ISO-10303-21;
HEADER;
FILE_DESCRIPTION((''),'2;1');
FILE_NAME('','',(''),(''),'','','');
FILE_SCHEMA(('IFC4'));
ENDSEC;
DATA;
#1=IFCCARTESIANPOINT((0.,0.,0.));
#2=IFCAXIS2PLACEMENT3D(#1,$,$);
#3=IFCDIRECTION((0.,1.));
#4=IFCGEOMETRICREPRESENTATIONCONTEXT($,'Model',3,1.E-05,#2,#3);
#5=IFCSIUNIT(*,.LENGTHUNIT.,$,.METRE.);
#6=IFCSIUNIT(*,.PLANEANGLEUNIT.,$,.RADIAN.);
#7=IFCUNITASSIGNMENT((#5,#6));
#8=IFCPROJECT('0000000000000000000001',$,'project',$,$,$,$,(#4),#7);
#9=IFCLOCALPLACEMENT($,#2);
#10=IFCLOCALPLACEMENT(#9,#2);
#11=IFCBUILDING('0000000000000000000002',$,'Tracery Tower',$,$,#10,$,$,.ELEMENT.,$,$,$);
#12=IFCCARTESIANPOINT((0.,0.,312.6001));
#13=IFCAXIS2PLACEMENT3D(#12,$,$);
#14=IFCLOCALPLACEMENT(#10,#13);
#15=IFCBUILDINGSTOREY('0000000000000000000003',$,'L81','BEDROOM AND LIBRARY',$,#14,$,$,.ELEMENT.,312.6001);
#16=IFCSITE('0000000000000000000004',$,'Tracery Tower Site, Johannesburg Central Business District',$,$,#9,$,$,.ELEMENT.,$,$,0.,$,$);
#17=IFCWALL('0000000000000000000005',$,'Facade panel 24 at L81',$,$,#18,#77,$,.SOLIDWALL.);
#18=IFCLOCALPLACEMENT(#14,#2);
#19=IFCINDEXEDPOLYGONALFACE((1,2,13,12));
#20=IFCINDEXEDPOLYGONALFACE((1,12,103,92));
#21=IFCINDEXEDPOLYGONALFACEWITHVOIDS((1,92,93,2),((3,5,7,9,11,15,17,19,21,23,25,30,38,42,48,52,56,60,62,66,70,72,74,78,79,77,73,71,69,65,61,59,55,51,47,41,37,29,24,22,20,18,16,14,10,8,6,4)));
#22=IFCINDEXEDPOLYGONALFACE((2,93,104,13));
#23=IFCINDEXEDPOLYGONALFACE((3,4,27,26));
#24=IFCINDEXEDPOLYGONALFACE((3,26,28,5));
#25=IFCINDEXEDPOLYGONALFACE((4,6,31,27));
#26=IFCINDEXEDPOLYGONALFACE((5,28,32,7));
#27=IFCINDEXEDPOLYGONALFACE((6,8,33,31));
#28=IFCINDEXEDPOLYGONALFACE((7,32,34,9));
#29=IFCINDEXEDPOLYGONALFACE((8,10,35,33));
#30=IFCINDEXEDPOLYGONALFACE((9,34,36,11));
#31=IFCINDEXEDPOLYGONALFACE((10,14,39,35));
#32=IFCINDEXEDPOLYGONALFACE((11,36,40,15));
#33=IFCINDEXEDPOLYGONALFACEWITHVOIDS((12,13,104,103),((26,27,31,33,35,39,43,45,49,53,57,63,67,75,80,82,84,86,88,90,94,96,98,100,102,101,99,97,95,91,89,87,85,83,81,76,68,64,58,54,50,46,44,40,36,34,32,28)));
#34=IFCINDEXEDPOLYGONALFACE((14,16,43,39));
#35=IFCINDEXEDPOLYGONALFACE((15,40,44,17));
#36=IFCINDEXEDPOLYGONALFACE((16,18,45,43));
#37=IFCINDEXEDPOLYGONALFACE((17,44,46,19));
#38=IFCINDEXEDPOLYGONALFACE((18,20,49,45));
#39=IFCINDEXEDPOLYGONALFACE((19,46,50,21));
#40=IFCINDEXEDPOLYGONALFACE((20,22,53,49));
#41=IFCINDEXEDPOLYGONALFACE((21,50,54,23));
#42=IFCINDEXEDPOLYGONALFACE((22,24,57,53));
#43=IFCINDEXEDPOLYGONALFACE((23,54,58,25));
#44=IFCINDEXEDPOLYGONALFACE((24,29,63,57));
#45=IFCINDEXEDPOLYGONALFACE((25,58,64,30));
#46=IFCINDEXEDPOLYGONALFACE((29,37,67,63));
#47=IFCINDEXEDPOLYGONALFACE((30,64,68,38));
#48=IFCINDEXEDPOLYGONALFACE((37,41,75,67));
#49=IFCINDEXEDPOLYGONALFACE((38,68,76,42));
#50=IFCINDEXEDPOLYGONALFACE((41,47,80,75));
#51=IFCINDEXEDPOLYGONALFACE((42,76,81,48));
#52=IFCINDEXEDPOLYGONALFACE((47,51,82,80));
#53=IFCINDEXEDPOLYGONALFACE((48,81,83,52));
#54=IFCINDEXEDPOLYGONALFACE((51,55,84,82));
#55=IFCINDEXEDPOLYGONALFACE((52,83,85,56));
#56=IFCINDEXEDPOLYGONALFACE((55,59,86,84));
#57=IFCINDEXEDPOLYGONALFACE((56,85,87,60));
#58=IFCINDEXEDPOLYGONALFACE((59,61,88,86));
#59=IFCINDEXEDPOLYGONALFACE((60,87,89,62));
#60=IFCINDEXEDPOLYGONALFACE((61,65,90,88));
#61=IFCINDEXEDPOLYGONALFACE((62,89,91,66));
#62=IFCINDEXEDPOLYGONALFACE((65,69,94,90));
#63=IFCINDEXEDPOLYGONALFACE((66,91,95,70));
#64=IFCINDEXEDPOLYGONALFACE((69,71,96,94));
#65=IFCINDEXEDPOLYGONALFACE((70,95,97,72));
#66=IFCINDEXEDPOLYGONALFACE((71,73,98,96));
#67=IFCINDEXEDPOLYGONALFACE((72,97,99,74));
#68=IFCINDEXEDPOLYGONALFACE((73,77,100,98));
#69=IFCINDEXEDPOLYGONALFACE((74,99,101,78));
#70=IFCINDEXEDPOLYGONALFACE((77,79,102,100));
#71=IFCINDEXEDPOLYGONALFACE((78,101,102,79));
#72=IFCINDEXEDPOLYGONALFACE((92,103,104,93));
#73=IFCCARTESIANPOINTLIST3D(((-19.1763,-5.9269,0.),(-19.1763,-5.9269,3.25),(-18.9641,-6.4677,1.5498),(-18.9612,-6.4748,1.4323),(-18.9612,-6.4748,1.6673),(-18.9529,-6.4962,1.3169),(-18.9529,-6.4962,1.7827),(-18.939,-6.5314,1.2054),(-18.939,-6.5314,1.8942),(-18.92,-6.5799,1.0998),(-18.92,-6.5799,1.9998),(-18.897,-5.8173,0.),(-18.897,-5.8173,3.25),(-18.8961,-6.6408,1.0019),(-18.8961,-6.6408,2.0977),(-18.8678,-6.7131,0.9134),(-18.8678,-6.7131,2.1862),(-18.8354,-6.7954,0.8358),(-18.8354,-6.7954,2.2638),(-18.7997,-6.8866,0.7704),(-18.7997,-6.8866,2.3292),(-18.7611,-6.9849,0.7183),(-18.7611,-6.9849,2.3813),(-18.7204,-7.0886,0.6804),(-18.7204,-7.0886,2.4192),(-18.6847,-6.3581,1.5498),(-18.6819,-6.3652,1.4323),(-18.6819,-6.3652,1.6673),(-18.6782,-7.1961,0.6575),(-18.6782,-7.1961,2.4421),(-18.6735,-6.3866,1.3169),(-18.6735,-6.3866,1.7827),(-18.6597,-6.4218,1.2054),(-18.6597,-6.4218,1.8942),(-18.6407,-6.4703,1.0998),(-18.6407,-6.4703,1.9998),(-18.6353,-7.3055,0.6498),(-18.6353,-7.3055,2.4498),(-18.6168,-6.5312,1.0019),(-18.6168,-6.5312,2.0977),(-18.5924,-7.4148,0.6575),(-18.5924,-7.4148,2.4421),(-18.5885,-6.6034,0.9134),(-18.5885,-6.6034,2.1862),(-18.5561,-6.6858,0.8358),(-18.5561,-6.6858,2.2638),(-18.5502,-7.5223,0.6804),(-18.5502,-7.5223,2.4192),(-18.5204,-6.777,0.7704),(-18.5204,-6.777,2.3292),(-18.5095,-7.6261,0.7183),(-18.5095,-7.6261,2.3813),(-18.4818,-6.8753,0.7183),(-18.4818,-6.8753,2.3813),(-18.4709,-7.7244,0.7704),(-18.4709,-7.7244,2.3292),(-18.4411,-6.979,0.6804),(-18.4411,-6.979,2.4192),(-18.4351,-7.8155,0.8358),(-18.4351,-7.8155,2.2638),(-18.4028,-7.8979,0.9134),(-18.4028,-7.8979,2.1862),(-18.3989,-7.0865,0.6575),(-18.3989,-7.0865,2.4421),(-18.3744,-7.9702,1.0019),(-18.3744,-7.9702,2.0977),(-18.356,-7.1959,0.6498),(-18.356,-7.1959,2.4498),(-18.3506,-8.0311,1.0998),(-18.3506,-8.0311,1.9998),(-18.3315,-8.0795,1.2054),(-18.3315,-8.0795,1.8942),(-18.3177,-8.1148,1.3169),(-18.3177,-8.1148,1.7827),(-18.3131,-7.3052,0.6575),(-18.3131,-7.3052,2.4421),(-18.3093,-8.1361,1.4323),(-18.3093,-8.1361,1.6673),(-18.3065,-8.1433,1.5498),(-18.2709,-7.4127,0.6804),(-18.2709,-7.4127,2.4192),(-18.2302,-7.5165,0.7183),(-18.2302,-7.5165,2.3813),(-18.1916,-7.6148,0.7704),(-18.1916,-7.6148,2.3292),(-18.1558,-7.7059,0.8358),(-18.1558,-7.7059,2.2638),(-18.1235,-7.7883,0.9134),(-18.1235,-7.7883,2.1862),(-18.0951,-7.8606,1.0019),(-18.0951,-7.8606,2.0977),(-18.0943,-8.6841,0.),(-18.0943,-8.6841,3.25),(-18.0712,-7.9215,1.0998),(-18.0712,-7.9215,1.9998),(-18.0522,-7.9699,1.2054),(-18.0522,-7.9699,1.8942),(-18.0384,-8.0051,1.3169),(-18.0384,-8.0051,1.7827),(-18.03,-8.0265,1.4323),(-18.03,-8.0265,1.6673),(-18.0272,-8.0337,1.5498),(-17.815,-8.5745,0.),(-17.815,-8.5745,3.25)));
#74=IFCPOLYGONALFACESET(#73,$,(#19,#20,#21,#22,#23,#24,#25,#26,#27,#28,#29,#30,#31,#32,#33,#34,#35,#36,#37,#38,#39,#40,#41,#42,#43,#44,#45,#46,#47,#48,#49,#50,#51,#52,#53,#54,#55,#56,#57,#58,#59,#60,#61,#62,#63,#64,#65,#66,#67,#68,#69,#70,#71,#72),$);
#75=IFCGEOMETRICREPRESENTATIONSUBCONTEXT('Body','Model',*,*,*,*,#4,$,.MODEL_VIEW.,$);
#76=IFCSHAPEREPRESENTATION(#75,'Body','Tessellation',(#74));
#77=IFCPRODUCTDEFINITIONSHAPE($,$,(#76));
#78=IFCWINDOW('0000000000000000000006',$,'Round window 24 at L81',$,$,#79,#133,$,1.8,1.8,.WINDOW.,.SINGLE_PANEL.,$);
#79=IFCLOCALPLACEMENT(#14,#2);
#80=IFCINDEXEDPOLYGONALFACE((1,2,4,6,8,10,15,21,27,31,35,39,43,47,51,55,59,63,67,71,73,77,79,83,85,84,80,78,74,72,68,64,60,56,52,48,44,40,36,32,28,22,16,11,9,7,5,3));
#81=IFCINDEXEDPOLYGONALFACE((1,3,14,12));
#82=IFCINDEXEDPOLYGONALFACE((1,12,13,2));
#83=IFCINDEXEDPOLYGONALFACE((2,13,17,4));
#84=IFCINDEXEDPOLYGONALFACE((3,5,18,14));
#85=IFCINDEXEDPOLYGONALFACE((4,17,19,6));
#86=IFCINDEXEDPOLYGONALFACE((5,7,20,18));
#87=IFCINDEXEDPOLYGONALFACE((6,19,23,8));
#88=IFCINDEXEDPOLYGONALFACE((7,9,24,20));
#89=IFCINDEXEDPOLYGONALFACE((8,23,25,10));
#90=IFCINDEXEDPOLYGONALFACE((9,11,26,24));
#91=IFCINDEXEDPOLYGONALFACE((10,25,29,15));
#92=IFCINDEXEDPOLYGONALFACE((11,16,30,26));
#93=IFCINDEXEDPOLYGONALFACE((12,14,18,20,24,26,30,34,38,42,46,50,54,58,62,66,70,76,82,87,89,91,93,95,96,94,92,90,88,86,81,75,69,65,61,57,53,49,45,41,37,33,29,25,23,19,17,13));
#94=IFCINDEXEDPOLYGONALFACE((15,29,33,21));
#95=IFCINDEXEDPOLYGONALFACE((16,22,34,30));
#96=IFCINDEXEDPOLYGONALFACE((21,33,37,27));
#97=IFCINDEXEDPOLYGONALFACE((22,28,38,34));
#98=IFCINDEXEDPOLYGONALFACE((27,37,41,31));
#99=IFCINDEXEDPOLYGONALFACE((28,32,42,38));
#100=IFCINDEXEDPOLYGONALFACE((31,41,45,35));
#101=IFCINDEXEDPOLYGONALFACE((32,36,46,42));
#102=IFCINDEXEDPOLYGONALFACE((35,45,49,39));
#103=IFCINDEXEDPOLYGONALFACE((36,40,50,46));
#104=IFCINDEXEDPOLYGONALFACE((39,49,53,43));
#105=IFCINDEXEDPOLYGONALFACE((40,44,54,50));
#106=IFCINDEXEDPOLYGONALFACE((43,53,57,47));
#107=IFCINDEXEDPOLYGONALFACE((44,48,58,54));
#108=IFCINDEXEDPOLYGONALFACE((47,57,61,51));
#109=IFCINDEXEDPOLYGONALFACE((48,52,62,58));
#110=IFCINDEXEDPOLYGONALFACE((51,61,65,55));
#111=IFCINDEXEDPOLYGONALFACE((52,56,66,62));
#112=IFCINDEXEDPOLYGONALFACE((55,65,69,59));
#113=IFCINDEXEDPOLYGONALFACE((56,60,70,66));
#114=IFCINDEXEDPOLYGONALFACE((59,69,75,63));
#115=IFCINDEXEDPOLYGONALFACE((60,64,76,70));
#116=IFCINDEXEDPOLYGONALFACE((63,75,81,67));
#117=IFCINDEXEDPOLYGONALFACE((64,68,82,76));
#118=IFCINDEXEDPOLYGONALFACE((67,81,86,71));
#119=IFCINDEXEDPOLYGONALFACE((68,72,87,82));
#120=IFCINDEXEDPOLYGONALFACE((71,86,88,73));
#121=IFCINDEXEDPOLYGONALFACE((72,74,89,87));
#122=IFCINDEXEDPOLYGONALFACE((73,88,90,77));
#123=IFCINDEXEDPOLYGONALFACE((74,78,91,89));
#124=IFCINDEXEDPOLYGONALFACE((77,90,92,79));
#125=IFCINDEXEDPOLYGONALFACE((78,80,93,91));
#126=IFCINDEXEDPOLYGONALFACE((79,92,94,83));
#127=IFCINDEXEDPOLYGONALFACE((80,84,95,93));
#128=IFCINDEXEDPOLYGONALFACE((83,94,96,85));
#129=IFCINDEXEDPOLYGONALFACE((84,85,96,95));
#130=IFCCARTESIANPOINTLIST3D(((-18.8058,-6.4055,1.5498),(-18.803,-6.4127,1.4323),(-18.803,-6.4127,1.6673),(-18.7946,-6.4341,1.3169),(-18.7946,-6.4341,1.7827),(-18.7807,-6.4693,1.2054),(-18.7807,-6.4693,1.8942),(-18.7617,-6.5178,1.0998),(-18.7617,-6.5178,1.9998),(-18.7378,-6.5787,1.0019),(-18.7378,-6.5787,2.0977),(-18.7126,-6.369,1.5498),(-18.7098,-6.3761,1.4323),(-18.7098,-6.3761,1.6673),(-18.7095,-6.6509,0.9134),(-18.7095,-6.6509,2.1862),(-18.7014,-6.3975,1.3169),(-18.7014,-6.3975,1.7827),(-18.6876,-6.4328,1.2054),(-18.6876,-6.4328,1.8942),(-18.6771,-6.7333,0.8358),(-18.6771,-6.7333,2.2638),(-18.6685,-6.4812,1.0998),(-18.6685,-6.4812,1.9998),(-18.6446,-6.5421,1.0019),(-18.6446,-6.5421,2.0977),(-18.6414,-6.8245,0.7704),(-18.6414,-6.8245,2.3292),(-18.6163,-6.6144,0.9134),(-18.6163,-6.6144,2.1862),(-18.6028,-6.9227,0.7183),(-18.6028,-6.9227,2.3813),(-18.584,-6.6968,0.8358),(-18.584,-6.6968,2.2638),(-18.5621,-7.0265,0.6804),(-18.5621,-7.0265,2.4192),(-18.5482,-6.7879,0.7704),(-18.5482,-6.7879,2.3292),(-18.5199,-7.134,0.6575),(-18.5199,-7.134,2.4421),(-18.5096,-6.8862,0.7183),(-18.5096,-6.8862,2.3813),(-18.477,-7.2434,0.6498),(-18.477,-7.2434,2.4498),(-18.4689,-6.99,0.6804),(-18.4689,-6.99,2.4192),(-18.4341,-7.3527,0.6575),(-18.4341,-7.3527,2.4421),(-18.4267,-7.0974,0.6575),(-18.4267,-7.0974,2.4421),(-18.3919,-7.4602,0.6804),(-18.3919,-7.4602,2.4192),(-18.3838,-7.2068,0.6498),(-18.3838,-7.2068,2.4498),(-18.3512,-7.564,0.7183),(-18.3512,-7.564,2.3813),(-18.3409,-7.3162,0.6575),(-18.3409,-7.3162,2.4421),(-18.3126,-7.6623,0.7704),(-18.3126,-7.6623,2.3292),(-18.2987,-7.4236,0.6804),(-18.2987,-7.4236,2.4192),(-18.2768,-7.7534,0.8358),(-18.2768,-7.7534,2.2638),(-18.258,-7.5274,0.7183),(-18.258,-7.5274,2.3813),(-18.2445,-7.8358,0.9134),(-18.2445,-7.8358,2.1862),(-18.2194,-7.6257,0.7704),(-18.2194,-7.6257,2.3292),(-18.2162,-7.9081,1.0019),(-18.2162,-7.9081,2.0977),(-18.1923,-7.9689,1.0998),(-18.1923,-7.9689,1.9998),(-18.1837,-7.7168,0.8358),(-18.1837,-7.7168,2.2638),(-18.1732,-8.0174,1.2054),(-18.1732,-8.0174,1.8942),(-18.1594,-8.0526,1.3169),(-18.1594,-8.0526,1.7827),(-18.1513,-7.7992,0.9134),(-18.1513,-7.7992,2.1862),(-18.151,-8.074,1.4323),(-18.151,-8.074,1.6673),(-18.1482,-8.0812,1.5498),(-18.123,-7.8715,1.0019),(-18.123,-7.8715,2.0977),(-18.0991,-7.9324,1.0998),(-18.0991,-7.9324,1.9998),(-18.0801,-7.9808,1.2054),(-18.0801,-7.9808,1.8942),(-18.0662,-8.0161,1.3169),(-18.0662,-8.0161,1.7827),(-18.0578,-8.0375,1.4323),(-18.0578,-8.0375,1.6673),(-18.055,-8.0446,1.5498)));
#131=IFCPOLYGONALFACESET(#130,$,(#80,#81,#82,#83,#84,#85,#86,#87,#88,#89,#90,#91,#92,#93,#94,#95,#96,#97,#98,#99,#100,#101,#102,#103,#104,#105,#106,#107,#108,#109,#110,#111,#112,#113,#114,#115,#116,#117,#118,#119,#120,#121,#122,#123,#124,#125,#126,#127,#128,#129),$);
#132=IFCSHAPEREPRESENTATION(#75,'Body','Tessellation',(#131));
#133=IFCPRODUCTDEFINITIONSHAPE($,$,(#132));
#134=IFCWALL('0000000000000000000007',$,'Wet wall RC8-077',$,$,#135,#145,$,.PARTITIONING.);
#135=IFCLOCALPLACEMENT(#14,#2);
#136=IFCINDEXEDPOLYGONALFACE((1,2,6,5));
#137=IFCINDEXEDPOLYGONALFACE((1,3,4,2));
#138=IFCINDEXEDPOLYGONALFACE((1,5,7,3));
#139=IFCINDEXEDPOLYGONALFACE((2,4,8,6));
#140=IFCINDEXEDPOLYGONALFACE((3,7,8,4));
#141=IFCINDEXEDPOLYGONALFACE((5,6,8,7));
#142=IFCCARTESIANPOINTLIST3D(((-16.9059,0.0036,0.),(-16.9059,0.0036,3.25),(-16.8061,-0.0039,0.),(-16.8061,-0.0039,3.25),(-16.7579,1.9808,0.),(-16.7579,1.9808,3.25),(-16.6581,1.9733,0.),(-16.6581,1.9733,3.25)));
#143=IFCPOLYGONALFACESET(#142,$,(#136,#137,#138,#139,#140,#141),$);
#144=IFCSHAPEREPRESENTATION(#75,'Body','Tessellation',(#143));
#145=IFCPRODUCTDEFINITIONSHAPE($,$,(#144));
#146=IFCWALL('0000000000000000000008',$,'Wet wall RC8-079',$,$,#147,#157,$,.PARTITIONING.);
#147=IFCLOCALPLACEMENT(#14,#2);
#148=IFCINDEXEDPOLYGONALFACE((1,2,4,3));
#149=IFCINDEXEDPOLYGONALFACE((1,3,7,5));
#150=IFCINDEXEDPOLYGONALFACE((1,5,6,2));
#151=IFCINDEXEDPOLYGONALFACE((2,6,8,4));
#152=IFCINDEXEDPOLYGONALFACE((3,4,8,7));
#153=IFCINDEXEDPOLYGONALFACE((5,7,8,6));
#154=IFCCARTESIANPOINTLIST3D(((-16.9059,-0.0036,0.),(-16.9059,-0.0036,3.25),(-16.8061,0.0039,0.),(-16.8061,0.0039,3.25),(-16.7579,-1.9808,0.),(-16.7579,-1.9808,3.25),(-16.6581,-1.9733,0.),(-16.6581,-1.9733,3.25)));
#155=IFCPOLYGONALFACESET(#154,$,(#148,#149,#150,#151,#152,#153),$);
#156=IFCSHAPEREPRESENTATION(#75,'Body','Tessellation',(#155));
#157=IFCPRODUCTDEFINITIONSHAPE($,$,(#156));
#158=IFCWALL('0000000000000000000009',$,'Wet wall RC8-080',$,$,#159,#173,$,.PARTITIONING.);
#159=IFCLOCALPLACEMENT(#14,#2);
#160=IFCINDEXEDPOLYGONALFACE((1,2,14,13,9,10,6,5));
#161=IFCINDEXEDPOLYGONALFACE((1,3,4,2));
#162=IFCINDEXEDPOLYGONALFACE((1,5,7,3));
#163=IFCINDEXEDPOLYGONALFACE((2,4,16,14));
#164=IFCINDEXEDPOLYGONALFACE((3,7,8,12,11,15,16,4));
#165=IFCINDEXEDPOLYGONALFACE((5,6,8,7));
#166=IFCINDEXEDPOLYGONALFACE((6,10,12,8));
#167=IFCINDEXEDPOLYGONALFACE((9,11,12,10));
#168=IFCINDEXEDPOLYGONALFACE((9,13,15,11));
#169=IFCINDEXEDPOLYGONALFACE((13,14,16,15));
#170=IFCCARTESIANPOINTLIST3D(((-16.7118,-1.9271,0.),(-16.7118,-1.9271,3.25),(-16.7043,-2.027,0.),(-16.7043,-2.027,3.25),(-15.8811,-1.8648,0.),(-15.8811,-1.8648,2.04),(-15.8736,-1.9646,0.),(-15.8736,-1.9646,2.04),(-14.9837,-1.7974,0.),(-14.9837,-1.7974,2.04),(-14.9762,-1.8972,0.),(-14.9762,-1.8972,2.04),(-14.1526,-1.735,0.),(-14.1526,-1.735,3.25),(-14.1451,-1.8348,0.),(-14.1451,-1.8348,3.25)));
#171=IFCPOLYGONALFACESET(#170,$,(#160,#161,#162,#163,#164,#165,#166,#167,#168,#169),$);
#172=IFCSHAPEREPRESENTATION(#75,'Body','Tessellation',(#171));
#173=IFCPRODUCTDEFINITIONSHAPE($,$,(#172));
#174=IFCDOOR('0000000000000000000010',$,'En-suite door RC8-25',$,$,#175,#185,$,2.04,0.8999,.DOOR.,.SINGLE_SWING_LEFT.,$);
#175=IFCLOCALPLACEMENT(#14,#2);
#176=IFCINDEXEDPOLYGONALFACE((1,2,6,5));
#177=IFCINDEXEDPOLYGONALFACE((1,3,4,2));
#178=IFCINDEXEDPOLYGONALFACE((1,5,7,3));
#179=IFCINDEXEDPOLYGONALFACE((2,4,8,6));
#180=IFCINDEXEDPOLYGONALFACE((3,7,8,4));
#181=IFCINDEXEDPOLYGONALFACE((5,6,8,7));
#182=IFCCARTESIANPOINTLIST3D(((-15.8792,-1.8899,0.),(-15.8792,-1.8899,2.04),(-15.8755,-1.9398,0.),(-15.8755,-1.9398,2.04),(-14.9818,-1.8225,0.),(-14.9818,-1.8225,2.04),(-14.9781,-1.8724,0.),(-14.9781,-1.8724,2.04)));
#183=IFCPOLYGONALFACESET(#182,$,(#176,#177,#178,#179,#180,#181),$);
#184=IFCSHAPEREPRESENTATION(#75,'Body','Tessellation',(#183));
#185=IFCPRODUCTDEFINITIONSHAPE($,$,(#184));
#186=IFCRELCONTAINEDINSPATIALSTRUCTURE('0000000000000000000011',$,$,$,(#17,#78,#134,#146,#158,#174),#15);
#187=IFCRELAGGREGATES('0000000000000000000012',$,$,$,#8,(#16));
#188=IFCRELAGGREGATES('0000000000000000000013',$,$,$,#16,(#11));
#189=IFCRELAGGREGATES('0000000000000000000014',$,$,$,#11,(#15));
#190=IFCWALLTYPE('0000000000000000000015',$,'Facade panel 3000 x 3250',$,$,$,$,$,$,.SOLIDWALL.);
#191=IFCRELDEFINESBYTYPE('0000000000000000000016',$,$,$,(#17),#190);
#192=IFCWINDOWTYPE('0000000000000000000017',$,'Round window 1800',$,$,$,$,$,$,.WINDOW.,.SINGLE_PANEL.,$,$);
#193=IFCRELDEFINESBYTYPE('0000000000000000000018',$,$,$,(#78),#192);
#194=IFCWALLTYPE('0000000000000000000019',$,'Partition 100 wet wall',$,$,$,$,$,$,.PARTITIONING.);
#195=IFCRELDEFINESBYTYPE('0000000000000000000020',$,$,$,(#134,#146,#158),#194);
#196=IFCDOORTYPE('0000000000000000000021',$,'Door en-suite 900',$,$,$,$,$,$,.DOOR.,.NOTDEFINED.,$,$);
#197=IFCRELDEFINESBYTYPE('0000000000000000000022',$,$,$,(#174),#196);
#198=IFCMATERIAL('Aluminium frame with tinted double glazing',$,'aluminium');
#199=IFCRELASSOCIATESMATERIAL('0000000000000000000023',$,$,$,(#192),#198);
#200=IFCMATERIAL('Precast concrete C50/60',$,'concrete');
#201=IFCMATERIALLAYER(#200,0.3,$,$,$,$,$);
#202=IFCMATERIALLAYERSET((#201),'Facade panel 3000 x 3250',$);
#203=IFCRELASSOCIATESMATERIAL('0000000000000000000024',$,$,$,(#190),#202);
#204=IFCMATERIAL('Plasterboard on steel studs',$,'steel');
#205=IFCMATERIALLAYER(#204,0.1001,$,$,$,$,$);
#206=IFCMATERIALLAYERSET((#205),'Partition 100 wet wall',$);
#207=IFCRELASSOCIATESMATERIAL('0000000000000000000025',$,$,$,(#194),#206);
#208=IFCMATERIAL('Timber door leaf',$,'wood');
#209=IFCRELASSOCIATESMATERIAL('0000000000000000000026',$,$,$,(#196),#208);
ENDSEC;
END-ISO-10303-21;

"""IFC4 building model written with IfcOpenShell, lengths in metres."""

from ifc_helpers import new_model, si_unit, direction, frame, frame_2d, origin, origin_2d, place, context, subcontext, project, spatial, rectangle, circle, extrude, material, layer, layer_set, type_object, element, fill, save


model = new_model("IFC4")

# Units and contexts
model_context = context("Model", 3, precision=1e-05, world=origin(), true_north=direction((0.0, 1.0)))
body_context = subcontext(model_context, "Body", "Model", "MODEL_VIEW")
ifc_project = project(units=[si_unit("LENGTHUNIT", "METRE"), si_unit("PLANEANGLEUNIT", "RADIAN")], contexts=[model_context])

# Site, building, storey
site_placement = place(None, origin())
site = spatial("IfcSite", under=ifc_project, at=site_placement, Name="Tracery Tower Site, Johannesburg Central Business District", CompositionType="ELEMENT", RefElevation=0.0)
building_placement = place(site_placement, origin())
building = spatial("IfcBuilding", under=site, at=building_placement, Name="Tracery Tower", CompositionType="ELEMENT")
storey_placement = place(building_placement, frame((0.0, 0.0, 312.6001)))
storey = spatial("IfcBuildingStorey", under=building, at=storey_placement, Name="L81", Description="BEDROOM AND LIBRARY", CompositionType="ELEMENT", Elevation=312.6001)

# Wall, opening, window
ifc_material_1 = material(Name="Aluminium frame with tinted double glazing", Category="aluminium")
window_type = type_object("IfcWindowType", Name="Round window 1800", PartitioningType="SINGLE_PANEL", PredefinedType="WINDOW", material=ifc_material_1)
ifc_material_2 = material(Name="Precast concrete C50/60", Category="concrete")
ifc_layer_1 = layer(ifc_material_2, 0.3)
ifc_layer_set_1 = layer_set([ifc_layer_1], Name="Facade panel 3000 x 3250")
wall_type_1 = type_object("IfcWallType", Name="Facade panel 3000 x 3250", PredefinedType="SOLIDWALL", material=ifc_layer_set_1)
wall_1_placement = place(storey_placement, frame((-19.0366, -5.8721, 0.0), z_axis=(0.0, 0.0, 1.0), x_axis=(0.3653, -0.93089, 0.0)))
wall_1 = element("IfcWall", 1, at=wall_1_placement, inside=storey, type_object=wall_type_1, Name="Facade panel 24 at L81", PredefinedType="SOLIDWALL", context=body_context, shape_type="SweptSolid", body=[
    extrude(rectangle(XDim=2.9619, YDim=0.3, at=frame_2d((1.481, 0.0))), origin(), (0.0, 0.0, 1.0), 3.25),
])
opening_1_placement = place(wall_1_placement, frame((1.481, 0.0, 1.5498)))
opening_1 = element("IfcOpeningElement", 2, at=opening_1_placement, cuts=wall_1, PredefinedType="OPENING", context=body_context, shape_type="SweptSolid", body=[
    extrude(circle(Radius=0.9, at=origin_2d()), frame((0.0, 0.1599, 0.0), z_axis=(0.0, -1.0, 0.0), x_axis=(1.0, 0.0, 0.0)), (0.0, 0.0, 1.0), 0.3201),
])
window_1_placement = place(opening_1_placement, origin())
window_1 = element("IfcWindow", 3, at=window_1_placement, inside=storey, type_object=window_type, Name="Round window 24 at L81", OverallHeight=1.8, OverallWidth=1.8, PartitioningType="SINGLE_PANEL", PredefinedType="WINDOW", context=body_context, shape_type="SweptSolid", body=[
    extrude(circle(Radius=0.9, at=origin_2d()), frame((0.0, 0.1201, 0.0), z_axis=(0.0, -1.0, 0.0), x_axis=(1.0, 0.0, 0.0)), (0.0, 0.0, 1.0), 0.1001),
])
fill(opening_1, window_1)

# Walls
ifc_material_3 = material(Name="Plasterboard on steel studs", Category="steel")
ifc_layer_2 = layer(ifc_material_3, 0.1001)
ifc_layer_set_2 = layer_set([ifc_layer_2], Name="Partition 100 wet wall")
wall_type_2 = type_object("IfcWallType", Name="Partition 100 wet wall", PredefinedType="PARTITIONING", material=ifc_layer_set_2)
for number, where, z_axis, x_axis, name in (
    (4, (-16.856, 0.0, 0.0), (0.0, 0.0, 1.0), (0.074625, 0.997212, 0.0), "Wet wall RC8-077"),
    (5, (-16.856, 0.0, 0.0), (0.0, 0.0, 1.0), (0.074625, -0.997212, 0.0), "Wet wall RC8-079"),
):
    element("IfcWall", number, at=place(storey_placement, frame(where, z_axis=z_axis, x_axis=x_axis)), inside=storey, type_object=wall_type_2, Name=name, PredefinedType="PARTITIONING", context=body_context, shape_type="SweptSolid", body=[
        extrude(rectangle(XDim=1.9827, YDim=0.1001, at=frame_2d((0.9912, 0.0))), origin(), (0.0, 0.0, 1.0), 3.25),
    ])

# Wall, opening, door
wall_2_placement = place(storey_placement, frame((-16.708, -1.9771, 0.0), z_axis=(0.0, 0.0, 1.0), x_axis=(0.997193, 0.07487, 0.0)))
wall_2 = element("IfcWall", 6, at=wall_2_placement, inside=storey, type_object=wall_type_2, Name="Wet wall RC8-080", PredefinedType="PARTITIONING", context=body_context, shape_type="SweptSolid", body=[
    extrude(rectangle(XDim=2.5664, YDim=0.1001, at=frame_2d((1.2832, 0.0))), origin(), (0.0, 0.0, 1.0), 3.25),
])
opening_2_placement = place(wall_2_placement, frame((0.833, 0.0, 0.0)))
opening_2 = element("IfcOpeningElement", 7, at=opening_2_placement, cuts=wall_2, PredefinedType="OPENING", context=body_context, shape_type="SweptSolid", body=[
    extrude(rectangle(XDim=0.8999, YDim=2.04, at=frame_2d((0.45, 1.02))), frame((0.0, 0.05, 0.0), z_axis=(0.0, -1.0, 0.0), x_axis=(1.0, 0.0, 0.0)), (0.0, 0.0, 1.0), 0.1001),
])
ifc_material_4 = material(Name="Timber door leaf", Category="wood")
door_type_1 = type_object("IfcDoorType", Name="Door en-suite 900", OperationType="NOTDEFINED", PredefinedType="DOOR", material=ifc_material_4)
door_1_placement = place(opening_2_placement, origin())
door_1 = element("IfcDoor", 8, at=door_1_placement, inside=storey, type_object=door_type_1, Name="En-suite door RC8-25", OperationType="SINGLE_SWING_LEFT", OverallHeight=2.04, OverallWidth=0.8999, PredefinedType="DOOR", context=body_context, shape_type="SweptSolid", body=[
    extrude(rectangle(XDim=0.8999, YDim=2.04, at=frame_2d((0.45, 1.02))), frame((0.0, 0.0249, 0.0), z_axis=(0.0, -1.0, 0.0), x_axis=(1.0, 0.0, 0.0)), (0.0, 0.0, 1.0), 0.05),
])
fill(opening_2, door_1)

save(model, "model.ifc")
